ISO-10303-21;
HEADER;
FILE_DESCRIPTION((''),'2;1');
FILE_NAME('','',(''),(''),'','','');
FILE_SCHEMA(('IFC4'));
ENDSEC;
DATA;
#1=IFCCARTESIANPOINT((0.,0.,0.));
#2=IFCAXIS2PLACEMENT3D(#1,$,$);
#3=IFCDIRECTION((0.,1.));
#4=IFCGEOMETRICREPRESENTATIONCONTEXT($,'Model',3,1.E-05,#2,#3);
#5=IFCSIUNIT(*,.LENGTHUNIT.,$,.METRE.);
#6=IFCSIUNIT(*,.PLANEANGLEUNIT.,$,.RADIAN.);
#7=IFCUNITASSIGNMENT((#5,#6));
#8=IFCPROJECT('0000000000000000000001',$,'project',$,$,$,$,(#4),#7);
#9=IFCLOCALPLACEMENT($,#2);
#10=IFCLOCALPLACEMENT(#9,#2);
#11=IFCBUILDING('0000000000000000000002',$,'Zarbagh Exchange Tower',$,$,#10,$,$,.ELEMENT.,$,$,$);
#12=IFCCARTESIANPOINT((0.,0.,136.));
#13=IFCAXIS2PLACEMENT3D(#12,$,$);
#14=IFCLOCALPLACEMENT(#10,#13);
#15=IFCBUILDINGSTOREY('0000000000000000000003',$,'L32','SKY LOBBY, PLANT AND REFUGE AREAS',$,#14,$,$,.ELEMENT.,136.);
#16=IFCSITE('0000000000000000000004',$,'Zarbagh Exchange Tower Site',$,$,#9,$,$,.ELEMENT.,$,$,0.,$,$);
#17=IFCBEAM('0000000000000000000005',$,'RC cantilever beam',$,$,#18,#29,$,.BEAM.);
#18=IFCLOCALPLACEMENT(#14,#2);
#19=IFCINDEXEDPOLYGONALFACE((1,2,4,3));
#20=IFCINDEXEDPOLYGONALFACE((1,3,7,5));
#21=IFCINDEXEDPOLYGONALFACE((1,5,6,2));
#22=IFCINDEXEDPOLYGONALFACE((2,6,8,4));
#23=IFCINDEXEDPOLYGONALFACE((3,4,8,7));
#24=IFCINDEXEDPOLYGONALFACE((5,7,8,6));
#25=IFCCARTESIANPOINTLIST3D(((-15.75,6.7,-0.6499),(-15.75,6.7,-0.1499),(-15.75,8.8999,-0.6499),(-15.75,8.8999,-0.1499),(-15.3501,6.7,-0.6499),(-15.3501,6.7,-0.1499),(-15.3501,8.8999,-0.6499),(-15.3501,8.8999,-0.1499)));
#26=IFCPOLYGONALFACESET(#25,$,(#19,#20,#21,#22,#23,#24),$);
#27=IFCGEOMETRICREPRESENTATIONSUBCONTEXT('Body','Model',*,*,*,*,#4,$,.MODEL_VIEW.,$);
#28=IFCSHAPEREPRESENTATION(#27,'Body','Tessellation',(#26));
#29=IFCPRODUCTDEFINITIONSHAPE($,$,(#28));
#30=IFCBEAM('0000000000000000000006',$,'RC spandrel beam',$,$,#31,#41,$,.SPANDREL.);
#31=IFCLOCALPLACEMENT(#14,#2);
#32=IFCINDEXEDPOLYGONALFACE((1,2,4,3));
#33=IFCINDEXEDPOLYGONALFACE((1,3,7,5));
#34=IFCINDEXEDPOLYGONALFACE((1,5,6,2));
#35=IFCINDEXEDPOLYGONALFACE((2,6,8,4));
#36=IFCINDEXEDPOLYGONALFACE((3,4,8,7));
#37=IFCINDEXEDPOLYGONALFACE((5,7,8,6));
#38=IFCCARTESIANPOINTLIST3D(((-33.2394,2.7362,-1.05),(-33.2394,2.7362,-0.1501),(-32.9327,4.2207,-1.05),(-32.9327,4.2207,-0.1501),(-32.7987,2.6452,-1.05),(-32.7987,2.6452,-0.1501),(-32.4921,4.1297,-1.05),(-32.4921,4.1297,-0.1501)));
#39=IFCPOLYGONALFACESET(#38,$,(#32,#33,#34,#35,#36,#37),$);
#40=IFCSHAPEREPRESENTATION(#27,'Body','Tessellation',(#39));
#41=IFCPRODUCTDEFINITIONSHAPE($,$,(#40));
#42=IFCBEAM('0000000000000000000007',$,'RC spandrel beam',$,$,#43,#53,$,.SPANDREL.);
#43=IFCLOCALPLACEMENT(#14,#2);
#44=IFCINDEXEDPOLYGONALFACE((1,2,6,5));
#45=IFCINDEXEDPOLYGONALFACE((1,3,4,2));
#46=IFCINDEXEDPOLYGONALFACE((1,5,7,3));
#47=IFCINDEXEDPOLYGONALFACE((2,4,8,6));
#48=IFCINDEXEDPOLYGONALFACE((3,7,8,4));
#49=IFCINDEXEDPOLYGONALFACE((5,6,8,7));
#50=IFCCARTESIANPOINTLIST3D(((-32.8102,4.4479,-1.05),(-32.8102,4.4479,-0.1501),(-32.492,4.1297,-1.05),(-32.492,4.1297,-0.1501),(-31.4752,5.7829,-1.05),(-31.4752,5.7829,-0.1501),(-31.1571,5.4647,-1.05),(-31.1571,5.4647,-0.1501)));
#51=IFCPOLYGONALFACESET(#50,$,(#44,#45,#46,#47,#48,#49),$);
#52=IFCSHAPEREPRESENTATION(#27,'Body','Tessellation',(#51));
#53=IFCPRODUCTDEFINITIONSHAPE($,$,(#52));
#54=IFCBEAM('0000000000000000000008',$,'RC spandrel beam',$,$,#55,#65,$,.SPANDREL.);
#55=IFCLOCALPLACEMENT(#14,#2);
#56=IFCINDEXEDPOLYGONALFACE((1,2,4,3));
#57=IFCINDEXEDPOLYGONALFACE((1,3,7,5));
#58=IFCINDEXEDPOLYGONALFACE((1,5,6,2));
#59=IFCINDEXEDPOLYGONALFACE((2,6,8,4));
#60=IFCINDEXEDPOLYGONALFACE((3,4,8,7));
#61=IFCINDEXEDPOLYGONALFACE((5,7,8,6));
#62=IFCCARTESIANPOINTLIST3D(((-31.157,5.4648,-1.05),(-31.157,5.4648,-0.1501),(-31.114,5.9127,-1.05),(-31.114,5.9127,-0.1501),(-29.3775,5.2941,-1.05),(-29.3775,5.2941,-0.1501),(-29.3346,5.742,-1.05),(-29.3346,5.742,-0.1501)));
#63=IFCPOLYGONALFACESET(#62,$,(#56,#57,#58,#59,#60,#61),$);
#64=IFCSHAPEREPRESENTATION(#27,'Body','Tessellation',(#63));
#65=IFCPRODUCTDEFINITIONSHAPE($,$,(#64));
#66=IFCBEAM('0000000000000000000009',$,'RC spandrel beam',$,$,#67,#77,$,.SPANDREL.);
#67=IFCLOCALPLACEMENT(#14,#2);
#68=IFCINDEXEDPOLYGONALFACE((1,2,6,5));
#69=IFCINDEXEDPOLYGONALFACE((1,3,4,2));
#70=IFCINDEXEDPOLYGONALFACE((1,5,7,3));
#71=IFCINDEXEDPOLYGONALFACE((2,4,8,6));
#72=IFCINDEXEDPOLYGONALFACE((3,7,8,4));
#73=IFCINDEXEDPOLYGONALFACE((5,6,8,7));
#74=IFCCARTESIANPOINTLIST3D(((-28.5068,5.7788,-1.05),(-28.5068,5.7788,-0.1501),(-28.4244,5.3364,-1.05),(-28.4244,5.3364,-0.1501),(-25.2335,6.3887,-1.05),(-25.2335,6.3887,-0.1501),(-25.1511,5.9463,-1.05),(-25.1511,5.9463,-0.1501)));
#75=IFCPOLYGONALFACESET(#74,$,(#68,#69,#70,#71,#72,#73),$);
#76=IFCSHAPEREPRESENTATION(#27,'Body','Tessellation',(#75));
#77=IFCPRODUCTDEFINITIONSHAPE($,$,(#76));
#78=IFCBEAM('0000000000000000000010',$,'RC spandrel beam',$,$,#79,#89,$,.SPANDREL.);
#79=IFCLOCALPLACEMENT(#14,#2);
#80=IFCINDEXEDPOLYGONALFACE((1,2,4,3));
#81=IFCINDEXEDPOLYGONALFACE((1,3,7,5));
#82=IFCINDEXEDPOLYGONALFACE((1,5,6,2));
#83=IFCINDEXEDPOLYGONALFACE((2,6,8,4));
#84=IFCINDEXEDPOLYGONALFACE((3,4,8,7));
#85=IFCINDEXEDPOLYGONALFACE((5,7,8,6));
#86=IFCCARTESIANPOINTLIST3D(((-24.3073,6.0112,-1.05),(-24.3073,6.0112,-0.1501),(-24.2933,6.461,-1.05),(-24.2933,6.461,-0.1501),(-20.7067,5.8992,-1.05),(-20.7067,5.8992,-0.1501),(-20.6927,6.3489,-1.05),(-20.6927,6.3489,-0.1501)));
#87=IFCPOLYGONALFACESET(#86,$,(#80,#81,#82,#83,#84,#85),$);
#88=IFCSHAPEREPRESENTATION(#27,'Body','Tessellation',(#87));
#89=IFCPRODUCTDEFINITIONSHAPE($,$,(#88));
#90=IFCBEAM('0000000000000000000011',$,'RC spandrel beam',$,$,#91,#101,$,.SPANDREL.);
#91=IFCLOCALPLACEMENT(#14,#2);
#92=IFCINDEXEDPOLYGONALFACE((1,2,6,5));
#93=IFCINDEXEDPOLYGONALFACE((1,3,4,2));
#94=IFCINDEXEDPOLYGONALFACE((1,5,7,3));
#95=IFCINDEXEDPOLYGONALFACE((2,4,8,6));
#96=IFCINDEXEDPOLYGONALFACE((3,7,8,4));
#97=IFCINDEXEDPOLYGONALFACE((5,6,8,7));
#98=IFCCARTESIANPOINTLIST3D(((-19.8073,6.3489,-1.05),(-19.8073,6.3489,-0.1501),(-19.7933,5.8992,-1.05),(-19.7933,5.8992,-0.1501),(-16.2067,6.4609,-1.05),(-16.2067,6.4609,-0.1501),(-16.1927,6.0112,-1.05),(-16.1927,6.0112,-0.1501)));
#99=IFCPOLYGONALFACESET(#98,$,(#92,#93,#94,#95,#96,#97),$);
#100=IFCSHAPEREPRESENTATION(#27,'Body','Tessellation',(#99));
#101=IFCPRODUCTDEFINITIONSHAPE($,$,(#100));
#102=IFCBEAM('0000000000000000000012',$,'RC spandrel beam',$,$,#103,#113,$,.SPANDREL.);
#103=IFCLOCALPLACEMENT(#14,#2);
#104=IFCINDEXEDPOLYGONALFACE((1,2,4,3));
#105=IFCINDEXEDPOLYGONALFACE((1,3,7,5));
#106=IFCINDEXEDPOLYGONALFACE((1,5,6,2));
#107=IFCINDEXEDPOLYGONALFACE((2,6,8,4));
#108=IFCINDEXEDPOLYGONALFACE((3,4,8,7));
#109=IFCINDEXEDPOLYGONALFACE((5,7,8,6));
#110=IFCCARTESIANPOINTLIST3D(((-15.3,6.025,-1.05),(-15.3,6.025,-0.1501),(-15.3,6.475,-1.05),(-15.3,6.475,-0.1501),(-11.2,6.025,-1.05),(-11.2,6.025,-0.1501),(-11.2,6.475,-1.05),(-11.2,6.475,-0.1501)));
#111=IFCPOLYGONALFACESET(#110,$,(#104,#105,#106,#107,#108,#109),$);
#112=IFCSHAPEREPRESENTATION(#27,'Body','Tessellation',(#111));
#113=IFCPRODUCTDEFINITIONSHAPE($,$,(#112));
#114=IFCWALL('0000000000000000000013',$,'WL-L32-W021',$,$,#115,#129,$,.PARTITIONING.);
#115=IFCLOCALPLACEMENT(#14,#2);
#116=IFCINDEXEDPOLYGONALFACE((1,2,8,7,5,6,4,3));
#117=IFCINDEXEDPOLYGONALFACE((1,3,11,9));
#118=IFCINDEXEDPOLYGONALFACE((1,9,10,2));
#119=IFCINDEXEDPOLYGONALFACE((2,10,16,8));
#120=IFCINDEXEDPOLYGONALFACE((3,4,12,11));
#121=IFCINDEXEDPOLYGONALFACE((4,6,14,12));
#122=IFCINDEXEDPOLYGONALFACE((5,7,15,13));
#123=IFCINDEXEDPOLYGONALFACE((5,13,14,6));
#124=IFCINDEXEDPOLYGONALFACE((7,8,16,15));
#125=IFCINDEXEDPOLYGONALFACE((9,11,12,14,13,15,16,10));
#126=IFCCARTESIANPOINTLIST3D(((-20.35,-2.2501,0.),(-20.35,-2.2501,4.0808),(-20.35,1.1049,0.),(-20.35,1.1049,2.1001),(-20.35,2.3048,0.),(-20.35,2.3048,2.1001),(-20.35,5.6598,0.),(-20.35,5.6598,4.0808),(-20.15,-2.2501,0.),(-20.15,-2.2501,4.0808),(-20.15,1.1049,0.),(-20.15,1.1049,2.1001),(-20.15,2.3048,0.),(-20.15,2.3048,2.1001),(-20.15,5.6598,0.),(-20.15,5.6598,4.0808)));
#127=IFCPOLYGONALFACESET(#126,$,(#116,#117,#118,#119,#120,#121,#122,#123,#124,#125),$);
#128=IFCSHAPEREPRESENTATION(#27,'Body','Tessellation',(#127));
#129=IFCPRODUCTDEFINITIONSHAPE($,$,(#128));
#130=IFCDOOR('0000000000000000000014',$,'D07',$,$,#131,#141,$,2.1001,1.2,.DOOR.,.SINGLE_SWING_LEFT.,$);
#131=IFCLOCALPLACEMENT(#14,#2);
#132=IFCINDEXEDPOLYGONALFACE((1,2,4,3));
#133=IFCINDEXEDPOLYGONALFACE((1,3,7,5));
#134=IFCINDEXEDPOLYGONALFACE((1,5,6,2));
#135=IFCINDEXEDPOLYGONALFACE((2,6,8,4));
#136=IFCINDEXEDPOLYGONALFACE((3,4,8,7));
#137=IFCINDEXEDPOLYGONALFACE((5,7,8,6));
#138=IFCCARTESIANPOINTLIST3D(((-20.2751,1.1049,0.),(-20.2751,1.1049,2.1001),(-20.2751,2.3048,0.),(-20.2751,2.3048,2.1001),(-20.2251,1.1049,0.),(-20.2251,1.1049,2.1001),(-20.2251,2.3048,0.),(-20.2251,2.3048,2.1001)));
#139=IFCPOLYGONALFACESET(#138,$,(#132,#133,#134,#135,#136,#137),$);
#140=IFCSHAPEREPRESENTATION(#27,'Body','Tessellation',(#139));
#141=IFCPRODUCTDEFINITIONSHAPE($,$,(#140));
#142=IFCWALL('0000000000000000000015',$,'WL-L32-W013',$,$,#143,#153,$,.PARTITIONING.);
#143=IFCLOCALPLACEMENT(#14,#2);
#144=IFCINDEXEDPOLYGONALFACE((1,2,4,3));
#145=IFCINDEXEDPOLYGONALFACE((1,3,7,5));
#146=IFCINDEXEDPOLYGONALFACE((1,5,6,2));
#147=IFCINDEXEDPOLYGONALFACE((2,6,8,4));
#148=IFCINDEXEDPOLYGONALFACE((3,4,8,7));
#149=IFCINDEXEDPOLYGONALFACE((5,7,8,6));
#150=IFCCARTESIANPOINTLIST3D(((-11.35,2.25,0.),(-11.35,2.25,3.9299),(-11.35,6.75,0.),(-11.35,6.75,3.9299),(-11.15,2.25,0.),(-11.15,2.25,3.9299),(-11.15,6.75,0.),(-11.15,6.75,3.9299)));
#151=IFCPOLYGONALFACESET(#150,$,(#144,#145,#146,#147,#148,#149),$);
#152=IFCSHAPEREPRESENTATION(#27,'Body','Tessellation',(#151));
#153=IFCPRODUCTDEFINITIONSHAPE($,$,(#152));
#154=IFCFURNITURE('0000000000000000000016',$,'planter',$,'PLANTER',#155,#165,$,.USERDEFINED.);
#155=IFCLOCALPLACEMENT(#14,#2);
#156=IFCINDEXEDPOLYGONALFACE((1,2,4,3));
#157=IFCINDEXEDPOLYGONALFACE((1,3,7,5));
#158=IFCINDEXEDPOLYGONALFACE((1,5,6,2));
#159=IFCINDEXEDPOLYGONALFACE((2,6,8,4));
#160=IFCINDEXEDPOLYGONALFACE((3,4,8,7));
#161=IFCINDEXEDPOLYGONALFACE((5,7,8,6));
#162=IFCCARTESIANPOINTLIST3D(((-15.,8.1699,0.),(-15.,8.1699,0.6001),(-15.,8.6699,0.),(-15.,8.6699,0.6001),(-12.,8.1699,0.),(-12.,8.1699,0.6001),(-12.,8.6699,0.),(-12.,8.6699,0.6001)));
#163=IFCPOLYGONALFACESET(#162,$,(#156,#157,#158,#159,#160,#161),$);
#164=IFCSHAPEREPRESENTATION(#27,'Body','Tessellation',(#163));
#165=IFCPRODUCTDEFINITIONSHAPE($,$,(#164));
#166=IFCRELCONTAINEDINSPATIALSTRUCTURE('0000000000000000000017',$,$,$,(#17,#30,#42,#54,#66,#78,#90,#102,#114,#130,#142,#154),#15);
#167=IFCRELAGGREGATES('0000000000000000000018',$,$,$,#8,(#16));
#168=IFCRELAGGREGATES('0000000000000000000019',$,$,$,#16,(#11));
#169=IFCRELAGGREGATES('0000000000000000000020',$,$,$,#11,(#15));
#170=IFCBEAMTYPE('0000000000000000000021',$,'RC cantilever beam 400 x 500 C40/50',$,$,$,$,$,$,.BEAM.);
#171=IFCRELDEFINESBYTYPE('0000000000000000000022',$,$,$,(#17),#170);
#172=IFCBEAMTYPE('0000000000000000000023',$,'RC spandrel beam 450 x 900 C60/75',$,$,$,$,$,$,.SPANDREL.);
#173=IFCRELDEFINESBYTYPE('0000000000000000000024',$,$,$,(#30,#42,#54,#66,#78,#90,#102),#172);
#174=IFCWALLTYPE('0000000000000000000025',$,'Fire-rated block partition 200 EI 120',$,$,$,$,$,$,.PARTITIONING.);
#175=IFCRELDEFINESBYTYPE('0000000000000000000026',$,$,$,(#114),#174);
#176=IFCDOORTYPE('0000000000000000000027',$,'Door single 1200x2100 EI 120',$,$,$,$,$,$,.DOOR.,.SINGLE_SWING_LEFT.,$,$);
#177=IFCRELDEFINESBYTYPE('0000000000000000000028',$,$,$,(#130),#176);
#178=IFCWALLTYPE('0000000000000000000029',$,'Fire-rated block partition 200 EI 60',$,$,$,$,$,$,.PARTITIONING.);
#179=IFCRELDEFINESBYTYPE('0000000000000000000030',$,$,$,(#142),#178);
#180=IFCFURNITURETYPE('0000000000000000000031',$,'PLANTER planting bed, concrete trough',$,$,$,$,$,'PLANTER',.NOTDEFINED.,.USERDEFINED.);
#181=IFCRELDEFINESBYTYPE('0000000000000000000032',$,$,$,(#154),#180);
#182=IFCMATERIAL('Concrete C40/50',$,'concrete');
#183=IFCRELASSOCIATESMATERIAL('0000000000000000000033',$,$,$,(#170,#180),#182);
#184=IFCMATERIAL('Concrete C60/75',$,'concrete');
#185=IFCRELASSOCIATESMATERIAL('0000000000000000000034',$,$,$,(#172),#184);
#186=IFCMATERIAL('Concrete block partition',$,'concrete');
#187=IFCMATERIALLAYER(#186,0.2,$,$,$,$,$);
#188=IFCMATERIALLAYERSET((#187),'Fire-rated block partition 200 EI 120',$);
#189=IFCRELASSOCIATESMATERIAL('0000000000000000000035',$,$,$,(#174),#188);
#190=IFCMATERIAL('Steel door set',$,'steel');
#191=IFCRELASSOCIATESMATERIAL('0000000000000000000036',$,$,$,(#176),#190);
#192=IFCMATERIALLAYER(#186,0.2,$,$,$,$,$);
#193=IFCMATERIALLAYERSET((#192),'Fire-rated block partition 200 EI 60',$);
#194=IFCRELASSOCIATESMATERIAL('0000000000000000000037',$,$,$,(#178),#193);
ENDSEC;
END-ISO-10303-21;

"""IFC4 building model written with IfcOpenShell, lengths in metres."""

from ifc_helpers import new_model, si_unit, direction, frame, frame_2d, origin, origin_2d, place, context, subcontext, project, spatial, rectangle, extrude, material, layer, layer_set, material_profile, profile_set, type_object, element, fill, save


model = new_model("IFC4")

# Units and contexts
model_context = context("Model", 3, precision=1e-05, world=origin(), true_north=direction((0.0, 1.0)))
body_context = subcontext(model_context, "Body", "Model", "MODEL_VIEW")
ifc_project = project(units=[si_unit("LENGTHUNIT", "METRE"), si_unit("PLANEANGLEUNIT", "RADIAN")], contexts=[model_context])

# Site, building, storey
site_placement = place(None, origin())
site = spatial("IfcSite", under=ifc_project, at=site_placement, Name="Zarbagh Exchange Tower Site", CompositionType="ELEMENT", RefElevation=0.0)
building_placement = place(site_placement, origin())
building = spatial("IfcBuilding", under=site, at=building_placement, Name="Zarbagh Exchange Tower", CompositionType="ELEMENT")
storey_placement = place(building_placement, frame((0.0, 0.0, 136.0)))
storey = spatial("IfcBuildingStorey", under=building, at=storey_placement, Name="L32", Description="SKY LOBBY, PLANT AND REFUGE AREAS", CompositionType="ELEMENT", Elevation=136.0)

# Shared definitions
ifc_material_1 = material(Name="Concrete C60/75", Category="concrete")

# Beams
ifc_material_2 = material(Name="Concrete C40/50", Category="concrete")
ifc_material_profile_1 = material_profile(ifc_material_2, rectangle(XDim=0.3999, YDim=0.5, at=origin_2d()), Name="RC cantilever beam 400 x 500 C40/50")
ifc_profile_set_1 = profile_set([ifc_material_profile_1], Name="Concrete C40/50")
beam_type_1 = type_object("IfcBeamType", Name="RC cantilever beam 400 x 500 C40/50", PredefinedType="BEAM", material=ifc_profile_set_1)
beam_1_placement = place(storey_placement, frame((-15.55, 6.7, -0.3999), z_axis=(0.0, 1.0, 0.0), x_axis=(-1.0, 0.0, 0.0)))
element("IfcBeam", 1, at=beam_1_placement, inside=storey, type_object=beam_type_1, Name="RC cantilever beam", PredefinedType="BEAM", context=body_context, shape_type="SweptSolid", body=[
    extrude(rectangle(XDim=0.3999, YDim=0.5, at=origin_2d()), origin(), (0.0, 0.0, 1.0), 2.2),
])
ifc_material_profile_2 = material_profile(ifc_material_1, rectangle(XDim=0.45, YDim=0.8999, at=origin_2d()), Name="RC spandrel beam 450 x 900 C60/75")
ifc_profile_set_2 = profile_set([ifc_material_profile_2], Name="Concrete C60/75")
beam_type_2 = type_object("IfcBeamType", Name="RC spandrel beam 450 x 900 C60/75", PredefinedType="SPANDREL", material=ifc_profile_set_2)
beam_2_placement = place(storey_placement, frame((-33.019, 2.6907, -0.6001), z_axis=(0.202275, 0.979329, 0.0), x_axis=(-0.979329, 0.202275, 0.0)))
element("IfcBeam", 2, at=beam_2_placement, inside=storey, type_object=beam_type_2, Name="RC spandrel beam", PredefinedType="SPANDREL", context=body_context, shape_type="SweptSolid", body=[
    extrude(rectangle(XDim=0.45, YDim=0.8999, at=origin_2d()), origin(), (0.0, 0.0, 1.0), 1.5159),
])
beam_3_placement = place(storey_placement, frame((-32.6511, 4.2888, -0.6001), z_axis=(0.707107, 0.707107, 0.0), x_axis=(-0.707107, 0.707107, 0.0)))
element("IfcBeam", 3, at=beam_3_placement, inside=storey, type_object=beam_type_2, Name="RC spandrel beam", PredefinedType="SPANDREL", context=body_context, shape_type="SweptSolid", body=[
    extrude(rectangle(XDim=0.45, YDim=0.8999, at=origin_2d()), origin(), (0.0, 0.0, 1.0), 1.8879),
])
beam_4_placement = place(storey_placement, frame((-31.1355, 5.6887, -0.6001), z_axis=(0.995433, -0.09546, 0.0), x_axis=(0.09546, 0.995433, 0.0)))
element("IfcBeam", 4, at=beam_4_placement, inside=storey, type_object=beam_type_2, Name="RC spandrel beam", PredefinedType="SPANDREL", context=body_context, shape_type="SweptSolid", body=[
    extrude(rectangle(XDim=0.45, YDim=0.8999, at=origin_2d()), origin(), (0.0, 0.0, 1.0), 1.7876),
])
beam_5_placement = place(storey_placement, frame((-28.4656, 5.5576, -0.6001), z_axis=(0.983082, 0.183168, 0.0), x_axis=(-0.183168, 0.983082, 0.0)))
element("IfcBeam", 5, at=beam_5_placement, inside=storey, type_object=beam_type_2, Name="RC spandrel beam", PredefinedType="SPANDREL", context=body_context, shape_type="SweptSolid", body=[
    extrude(rectangle(XDim=0.45, YDim=0.8999, at=origin_2d()), origin(), (0.0, 0.0, 1.0), 3.3296),
])
for number, where, z_axis, x_axis, name in (
    (6, (-24.3003, 6.2361, -0.6001), (0.999516, -0.031108, 0.0), (0.031108, 0.999516, 0.0), "RC spandrel beam"),
    (7, (-19.8003, 6.124, -0.6001), (0.999516, 0.031108, 0.0), (-0.031108, 0.999516, 0.0), "RC spandrel beam"),
):
    element("IfcBeam", number, at=place(storey_placement, frame(where, z_axis=z_axis, x_axis=x_axis)), inside=storey, type_object=beam_type_2, Name=name, PredefinedType="SPANDREL", context=body_context, shape_type="SweptSolid", body=[
        extrude(rectangle(XDim=0.45, YDim=0.8999, at=origin_2d()), origin(), (0.0, 0.0, 1.0), 3.6023),
    ])
beam_6_placement = place(storey_placement, frame((-15.3, 6.25, -0.6001), z_axis=(1.0, 0.0, 0.0), x_axis=(0.0, 1.0, 0.0)))
element("IfcBeam", 8, at=beam_6_placement, inside=storey, type_object=beam_type_2, Name="RC spandrel beam", PredefinedType="SPANDREL", context=body_context, shape_type="SweptSolid", body=[
    extrude(rectangle(XDim=0.45, YDim=0.8999, at=origin_2d()), origin(), (0.0, 0.0, 1.0), 4.1001),
])

# Wall, opening, door
ifc_material_3 = material(Name="Concrete block partition", Category="concrete")
ifc_layer_1 = layer(ifc_material_3, 0.2)
ifc_layer_set_1 = layer_set([ifc_layer_1], Name="Fire-rated block partition 200 EI 120")
wall_type_1 = type_object("IfcWallType", Name="Fire-rated block partition 200 EI 120", PredefinedType="PARTITIONING", material=ifc_layer_set_1)
wall_1_placement = place(storey_placement, frame((-20.25, 5.6599, 0.0), z_axis=(0.0, 0.0, 1.0), x_axis=(0.0, -1.0, 0.0)))
wall_1 = element("IfcWall", 9, at=wall_1_placement, inside=storey, type_object=wall_type_1, Name="WL-L32-W021", PredefinedType="PARTITIONING", context=body_context, shape_type="SweptSolid", body=[
    extrude(rectangle(XDim=7.9099, YDim=0.2, at=frame_2d((3.9551, 0.0))), origin(), (0.0, 0.0, 1.0), 4.0808),
])
opening_placement = place(wall_1_placement, frame((3.355, 0.0, 0.0)))
opening = element("IfcOpeningElement", 10, at=opening_placement, cuts=wall_1, PredefinedType="OPENING", context=body_context, shape_type="SweptSolid", body=[
    extrude(rectangle(XDim=1.2, YDim=2.1001, at=frame_2d((0.6001, 1.05))), frame((0.0, 0.1099, 0.0), z_axis=(0.0, -1.0, 0.0), x_axis=(1.0, 0.0, 0.0)), (0.0, 0.0, 1.0), 0.22),
])
ifc_material_4 = material(Name="Steel door set", Category="steel")
door_type = type_object("IfcDoorType", Name="Door single 1200x2100 EI 120", OperationType="SINGLE_SWING_LEFT", PredefinedType="DOOR", material=ifc_material_4)
door_placement = place(opening_placement, origin())
door = element("IfcDoor", 11, at=door_placement, inside=storey, type_object=door_type, Name="D07", OperationType="SINGLE_SWING_LEFT", OverallHeight=2.1001, OverallWidth=1.2, PredefinedType="DOOR", context=body_context, shape_type="SweptSolid", body=[
    extrude(rectangle(XDim=1.2, YDim=2.1001, at=frame_2d((0.6001, 1.05))), frame((0.0, 0.0249, 0.0), z_axis=(0.0, -1.0, 0.0), x_axis=(1.0, 0.0, 0.0)), (0.0, 0.0, 1.0), 0.05),
])
fill(opening, door)

# Wall
ifc_layer_2 = layer(ifc_material_3, 0.2)
ifc_layer_set_2 = layer_set([ifc_layer_2], Name="Fire-rated block partition 200 EI 60")
wall_type_2 = type_object("IfcWallType", Name="Fire-rated block partition 200 EI 60", PredefinedType="PARTITIONING", material=ifc_layer_set_2)
wall_2_placement = place(storey_placement, frame((-11.25, 2.25, 0.0), z_axis=(0.0, 0.0, 1.0), x_axis=(0.0, 1.0, 0.0)))
element("IfcWall", 12, at=wall_2_placement, inside=storey, type_object=wall_type_2, Name="WL-L32-W013", PredefinedType="PARTITIONING", context=body_context, shape_type="SweptSolid", body=[
    extrude(rectangle(XDim=4.5, YDim=0.2, at=frame_2d((2.25, 0.0))), origin(), (0.0, 0.0, 1.0), 3.9299),
])

# Furniture
furniture_type = type_object("IfcFurnitureType", Name="PLANTER planting bed, concrete trough", ElementType="PLANTER", AssemblyPlace="NOTDEFINED", PredefinedType="USERDEFINED", material=ifc_material_2)
furniture_placement = place(storey_placement, frame((-13.5, 8.4199, 0.0), z_axis=(0.0, 0.0, 1.0), x_axis=(1.0, 0.0, 0.0)))
element("IfcFurniture", 13, at=furniture_placement, inside=storey, type_object=furniture_type, Name="planter", ObjectType="PLANTER", PredefinedType="USERDEFINED", context=body_context, shape_type="SweptSolid", body=[
    extrude(rectangle(XDim=3.0, YDim=0.5, at=origin_2d()), origin(), (0.0, 0.0, 1.0), 0.6001),
])

save(model, "model.ifc")
